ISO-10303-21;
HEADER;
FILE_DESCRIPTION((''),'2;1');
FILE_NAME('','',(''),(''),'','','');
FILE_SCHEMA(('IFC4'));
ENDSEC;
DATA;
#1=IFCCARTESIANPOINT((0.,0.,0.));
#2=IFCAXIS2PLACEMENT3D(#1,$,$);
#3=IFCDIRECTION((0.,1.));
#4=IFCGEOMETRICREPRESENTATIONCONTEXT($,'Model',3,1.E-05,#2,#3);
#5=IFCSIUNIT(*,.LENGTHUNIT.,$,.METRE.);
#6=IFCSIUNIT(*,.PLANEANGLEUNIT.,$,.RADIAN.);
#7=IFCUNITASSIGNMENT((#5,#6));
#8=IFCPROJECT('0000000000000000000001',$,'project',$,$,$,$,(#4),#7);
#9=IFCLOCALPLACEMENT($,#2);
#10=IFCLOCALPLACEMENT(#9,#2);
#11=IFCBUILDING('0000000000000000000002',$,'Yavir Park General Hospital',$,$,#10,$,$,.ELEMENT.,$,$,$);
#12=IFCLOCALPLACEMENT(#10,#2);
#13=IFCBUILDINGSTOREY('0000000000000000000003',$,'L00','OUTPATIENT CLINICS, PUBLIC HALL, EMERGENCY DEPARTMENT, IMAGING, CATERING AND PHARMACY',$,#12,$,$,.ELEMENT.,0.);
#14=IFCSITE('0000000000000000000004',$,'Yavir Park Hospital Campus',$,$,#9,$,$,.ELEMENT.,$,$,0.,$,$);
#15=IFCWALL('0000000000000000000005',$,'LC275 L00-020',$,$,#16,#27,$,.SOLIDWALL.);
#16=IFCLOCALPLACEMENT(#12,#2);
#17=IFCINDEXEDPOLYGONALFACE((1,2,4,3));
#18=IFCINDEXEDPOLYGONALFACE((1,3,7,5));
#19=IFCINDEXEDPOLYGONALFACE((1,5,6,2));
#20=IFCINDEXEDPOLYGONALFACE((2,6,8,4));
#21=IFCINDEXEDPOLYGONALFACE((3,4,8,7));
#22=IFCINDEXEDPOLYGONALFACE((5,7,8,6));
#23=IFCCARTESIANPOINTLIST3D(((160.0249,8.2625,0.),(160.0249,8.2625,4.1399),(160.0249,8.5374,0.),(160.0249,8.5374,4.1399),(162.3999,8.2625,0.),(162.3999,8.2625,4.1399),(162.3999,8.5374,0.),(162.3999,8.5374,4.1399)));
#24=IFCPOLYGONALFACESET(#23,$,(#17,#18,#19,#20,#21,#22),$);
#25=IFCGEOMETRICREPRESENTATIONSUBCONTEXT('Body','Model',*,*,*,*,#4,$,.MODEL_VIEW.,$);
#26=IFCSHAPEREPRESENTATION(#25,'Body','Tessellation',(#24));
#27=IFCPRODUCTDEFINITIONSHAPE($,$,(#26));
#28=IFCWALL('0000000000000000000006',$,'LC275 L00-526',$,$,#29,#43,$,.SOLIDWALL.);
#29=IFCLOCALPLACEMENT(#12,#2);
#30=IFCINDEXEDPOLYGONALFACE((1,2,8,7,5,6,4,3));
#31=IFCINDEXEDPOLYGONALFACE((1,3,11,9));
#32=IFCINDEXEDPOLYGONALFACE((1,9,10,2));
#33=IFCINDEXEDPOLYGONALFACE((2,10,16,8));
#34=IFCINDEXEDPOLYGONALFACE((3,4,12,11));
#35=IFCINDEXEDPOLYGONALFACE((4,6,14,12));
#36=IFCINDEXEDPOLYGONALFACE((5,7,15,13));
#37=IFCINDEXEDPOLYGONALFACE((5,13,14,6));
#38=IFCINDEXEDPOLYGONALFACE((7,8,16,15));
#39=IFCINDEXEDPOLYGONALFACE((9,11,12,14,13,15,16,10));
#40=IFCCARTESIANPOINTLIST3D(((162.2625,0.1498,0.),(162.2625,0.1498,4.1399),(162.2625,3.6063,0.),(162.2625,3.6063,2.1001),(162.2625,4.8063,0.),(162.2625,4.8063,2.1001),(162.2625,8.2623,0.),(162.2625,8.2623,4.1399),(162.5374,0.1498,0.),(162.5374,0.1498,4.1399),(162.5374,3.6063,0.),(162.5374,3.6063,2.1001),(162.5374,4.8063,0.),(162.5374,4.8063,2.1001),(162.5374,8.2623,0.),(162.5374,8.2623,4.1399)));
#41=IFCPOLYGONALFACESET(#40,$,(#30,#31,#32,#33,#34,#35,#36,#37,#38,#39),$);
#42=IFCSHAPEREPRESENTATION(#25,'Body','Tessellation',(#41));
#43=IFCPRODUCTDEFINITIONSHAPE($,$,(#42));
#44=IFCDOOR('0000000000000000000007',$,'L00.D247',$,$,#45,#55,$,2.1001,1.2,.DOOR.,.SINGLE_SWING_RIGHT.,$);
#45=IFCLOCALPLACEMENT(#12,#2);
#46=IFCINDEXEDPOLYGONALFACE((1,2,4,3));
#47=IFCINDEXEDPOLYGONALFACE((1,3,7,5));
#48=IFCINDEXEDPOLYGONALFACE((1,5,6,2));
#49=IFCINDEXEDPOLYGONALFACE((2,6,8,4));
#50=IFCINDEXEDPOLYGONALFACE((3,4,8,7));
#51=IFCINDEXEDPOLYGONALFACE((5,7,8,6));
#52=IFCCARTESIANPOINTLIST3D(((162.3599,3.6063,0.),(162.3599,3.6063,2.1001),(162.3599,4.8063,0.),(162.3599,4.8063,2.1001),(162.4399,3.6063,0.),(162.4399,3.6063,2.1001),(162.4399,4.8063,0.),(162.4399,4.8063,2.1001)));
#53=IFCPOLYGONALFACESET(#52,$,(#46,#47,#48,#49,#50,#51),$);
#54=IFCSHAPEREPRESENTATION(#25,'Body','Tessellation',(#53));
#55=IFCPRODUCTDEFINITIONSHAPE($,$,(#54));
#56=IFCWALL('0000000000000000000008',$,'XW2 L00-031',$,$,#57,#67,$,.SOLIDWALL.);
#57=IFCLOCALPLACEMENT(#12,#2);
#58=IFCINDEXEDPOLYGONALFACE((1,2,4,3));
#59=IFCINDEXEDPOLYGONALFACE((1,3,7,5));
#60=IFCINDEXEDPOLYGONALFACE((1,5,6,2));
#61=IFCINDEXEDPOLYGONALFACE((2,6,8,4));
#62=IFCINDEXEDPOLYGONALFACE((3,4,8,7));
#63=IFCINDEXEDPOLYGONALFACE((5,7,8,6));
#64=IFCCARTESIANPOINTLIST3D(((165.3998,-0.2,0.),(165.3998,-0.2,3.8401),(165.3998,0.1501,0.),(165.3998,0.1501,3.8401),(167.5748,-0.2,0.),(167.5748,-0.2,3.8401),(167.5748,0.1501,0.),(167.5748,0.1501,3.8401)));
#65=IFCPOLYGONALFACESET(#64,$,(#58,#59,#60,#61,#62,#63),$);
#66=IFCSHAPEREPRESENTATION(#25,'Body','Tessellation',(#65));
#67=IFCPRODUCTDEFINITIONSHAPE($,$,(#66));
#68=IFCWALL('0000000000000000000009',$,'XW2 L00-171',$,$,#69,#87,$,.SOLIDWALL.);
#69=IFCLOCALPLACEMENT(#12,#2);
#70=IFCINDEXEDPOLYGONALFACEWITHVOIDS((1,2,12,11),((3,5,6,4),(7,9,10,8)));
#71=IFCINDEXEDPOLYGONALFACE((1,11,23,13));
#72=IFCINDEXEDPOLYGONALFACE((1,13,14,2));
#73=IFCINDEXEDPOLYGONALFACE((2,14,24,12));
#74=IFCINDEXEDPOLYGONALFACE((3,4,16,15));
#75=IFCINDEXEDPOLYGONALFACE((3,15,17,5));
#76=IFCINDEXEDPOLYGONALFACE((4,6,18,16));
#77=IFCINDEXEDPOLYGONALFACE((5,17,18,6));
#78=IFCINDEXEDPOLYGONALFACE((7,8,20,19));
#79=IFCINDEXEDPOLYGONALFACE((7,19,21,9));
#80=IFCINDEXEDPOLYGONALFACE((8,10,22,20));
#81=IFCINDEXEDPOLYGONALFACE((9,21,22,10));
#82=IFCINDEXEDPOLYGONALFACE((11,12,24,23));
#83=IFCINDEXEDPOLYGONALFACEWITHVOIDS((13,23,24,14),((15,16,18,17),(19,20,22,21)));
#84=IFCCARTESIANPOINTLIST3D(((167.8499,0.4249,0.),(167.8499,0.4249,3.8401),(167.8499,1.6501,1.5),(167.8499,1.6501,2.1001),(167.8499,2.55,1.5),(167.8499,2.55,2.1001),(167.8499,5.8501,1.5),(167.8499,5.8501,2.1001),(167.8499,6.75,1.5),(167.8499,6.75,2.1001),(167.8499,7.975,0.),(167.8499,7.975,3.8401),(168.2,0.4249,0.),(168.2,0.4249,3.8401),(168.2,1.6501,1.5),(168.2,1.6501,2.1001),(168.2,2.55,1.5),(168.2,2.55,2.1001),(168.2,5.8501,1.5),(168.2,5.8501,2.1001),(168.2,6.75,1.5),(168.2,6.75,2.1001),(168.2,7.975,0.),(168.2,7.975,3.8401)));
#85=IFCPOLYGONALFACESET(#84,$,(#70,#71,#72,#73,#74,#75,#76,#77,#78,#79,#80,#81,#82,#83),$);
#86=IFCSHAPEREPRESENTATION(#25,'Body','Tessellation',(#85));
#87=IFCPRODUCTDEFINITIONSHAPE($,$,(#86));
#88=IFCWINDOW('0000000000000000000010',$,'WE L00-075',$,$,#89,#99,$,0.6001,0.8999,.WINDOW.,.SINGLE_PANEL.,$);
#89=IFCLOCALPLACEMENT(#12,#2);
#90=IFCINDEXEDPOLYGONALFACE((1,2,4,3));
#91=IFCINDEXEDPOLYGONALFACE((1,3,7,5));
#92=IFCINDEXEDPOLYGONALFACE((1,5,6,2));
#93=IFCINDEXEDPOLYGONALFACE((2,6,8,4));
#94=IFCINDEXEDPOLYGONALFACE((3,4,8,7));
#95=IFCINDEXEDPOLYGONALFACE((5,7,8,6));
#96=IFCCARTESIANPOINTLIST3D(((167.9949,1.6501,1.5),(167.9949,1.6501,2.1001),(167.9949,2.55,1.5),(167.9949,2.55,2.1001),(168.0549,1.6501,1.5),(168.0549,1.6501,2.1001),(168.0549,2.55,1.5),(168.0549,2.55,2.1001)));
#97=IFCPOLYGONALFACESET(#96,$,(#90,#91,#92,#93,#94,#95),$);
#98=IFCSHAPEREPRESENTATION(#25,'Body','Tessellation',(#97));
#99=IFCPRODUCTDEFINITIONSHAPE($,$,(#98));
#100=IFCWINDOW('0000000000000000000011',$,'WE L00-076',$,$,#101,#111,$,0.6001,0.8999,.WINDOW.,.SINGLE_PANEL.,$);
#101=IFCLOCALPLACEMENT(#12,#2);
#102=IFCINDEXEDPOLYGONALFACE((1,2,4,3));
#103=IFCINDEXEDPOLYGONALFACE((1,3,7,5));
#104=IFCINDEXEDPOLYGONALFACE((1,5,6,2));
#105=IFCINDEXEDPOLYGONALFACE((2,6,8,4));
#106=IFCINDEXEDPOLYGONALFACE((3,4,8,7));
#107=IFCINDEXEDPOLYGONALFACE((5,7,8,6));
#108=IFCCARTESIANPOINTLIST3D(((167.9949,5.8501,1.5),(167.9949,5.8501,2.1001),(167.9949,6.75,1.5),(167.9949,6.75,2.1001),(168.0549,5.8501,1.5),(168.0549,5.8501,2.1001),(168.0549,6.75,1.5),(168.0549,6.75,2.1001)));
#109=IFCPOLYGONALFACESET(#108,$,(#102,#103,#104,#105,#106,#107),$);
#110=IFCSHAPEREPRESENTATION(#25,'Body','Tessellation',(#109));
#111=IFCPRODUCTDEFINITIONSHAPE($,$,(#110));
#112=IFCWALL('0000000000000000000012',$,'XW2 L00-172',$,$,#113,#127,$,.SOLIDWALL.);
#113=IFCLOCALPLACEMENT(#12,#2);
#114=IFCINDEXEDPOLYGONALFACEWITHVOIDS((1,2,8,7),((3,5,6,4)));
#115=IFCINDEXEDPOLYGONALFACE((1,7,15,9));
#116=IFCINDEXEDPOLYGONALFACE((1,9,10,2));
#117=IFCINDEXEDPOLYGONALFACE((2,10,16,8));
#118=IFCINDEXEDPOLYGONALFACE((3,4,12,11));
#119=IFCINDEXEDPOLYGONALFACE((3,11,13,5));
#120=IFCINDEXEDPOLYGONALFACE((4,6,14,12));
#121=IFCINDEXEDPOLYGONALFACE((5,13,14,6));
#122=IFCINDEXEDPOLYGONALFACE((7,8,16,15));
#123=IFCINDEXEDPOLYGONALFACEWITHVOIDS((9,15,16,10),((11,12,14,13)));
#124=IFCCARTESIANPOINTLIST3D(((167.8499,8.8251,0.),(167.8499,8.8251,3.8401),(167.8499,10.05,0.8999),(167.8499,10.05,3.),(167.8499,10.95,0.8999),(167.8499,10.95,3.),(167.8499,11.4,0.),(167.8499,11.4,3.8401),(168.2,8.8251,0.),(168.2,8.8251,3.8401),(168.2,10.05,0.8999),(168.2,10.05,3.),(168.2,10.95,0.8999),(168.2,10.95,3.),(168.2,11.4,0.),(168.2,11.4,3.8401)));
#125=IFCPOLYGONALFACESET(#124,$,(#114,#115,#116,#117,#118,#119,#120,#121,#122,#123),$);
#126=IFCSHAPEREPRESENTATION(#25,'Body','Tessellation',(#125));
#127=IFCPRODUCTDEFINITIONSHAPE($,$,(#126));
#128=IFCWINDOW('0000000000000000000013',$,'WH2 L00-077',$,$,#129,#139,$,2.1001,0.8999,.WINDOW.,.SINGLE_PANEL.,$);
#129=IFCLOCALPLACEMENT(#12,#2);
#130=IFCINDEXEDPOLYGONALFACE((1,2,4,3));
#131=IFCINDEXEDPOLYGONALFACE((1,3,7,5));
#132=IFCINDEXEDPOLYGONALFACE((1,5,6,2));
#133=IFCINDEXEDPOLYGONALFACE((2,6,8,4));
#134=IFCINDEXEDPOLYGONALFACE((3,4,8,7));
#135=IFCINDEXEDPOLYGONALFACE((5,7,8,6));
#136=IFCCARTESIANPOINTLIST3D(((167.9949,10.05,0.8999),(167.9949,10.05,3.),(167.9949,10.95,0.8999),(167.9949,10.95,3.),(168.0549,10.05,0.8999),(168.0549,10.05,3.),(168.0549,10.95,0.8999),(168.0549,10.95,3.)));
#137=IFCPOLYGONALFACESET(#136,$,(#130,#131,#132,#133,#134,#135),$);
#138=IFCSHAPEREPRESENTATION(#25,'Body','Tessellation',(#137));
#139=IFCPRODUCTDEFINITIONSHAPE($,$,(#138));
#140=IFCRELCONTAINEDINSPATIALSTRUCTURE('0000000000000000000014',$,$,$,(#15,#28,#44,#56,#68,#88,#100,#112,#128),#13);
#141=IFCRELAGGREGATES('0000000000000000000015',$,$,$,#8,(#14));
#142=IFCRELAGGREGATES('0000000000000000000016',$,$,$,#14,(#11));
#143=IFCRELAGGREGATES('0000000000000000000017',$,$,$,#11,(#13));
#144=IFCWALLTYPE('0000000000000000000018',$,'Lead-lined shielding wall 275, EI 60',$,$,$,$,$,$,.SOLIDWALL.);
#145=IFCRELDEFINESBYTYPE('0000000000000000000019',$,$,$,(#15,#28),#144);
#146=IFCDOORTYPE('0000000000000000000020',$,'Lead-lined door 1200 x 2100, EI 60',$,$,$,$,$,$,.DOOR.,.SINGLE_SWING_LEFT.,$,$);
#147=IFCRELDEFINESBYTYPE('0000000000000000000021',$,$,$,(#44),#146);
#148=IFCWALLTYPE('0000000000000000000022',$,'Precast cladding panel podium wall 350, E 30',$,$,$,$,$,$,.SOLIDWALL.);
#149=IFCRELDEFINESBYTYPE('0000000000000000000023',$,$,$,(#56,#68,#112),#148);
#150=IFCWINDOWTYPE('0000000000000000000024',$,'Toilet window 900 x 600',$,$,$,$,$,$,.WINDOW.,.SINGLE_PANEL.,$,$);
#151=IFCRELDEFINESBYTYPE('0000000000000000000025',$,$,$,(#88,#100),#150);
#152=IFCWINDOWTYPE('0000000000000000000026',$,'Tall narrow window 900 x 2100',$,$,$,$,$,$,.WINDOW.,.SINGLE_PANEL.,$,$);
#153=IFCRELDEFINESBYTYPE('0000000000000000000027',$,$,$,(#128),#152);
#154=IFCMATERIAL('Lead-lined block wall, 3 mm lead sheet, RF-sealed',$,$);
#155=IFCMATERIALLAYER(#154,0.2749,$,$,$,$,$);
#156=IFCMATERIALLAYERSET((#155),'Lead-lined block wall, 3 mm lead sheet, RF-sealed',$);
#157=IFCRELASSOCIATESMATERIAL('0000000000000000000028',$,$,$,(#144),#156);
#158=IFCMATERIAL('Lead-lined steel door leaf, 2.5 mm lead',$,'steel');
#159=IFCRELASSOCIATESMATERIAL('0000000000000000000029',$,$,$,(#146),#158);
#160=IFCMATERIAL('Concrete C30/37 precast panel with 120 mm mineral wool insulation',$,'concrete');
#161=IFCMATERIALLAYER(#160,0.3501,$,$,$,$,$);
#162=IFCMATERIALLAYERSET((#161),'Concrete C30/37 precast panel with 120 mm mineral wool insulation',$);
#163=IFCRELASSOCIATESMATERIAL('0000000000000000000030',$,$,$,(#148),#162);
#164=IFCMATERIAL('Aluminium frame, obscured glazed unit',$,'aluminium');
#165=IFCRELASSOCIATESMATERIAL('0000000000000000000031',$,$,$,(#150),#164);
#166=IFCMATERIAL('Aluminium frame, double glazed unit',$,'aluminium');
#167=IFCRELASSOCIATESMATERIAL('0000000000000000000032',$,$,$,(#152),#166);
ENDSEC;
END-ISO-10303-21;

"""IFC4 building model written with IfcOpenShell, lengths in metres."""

from ifc_helpers import new_model, si_unit, direction, frame, frame_2d, origin, place, context, subcontext, project, spatial, rectangle, extrude, material, layer, layer_set, type_object, element, fill, save


model = new_model("IFC4")

# Units and contexts
model_context = context("Model", 3, precision=1e-05, world=origin(), true_north=direction((0.0, 1.0)))
body_context = subcontext(model_context, "Body", "Model", "MODEL_VIEW")
ifc_project = project(units=[si_unit("LENGTHUNIT", "METRE"), si_unit("PLANEANGLEUNIT", "RADIAN")], contexts=[model_context])

# Site, building, storey
site_placement = place(None, origin())
site = spatial("IfcSite", under=ifc_project, at=site_placement, Name="Yavir Park Hospital Campus", CompositionType="ELEMENT", RefElevation=0.0)
building_placement = place(site_placement, origin())
building = spatial("IfcBuilding", under=site, at=building_placement, Name="Yavir Park General Hospital", CompositionType="ELEMENT")
storey_placement = place(building_placement, origin())
storey = spatial("IfcBuildingStorey", under=building, at=storey_placement, Name="L00", Description="OUTPATIENT CLINICS, PUBLIC HALL, EMERGENCY DEPARTMENT, IMAGING, CATERING AND PHARMACY", CompositionType="ELEMENT", Elevation=0.0)

# Wall
ifc_material_1 = material(Name="Lead-lined block wall, 3 mm lead sheet, RF-sealed")
ifc_layer_1 = layer(ifc_material_1, 0.2749)
ifc_layer_set_1 = layer_set([ifc_layer_1], Name="Lead-lined block wall, 3 mm lead sheet, RF-sealed")
wall_type_1 = type_object("IfcWallType", Name="Lead-lined shielding wall 275, EI 60", PredefinedType="SOLIDWALL", material=ifc_layer_set_1)
wall_1_placement = place(storey_placement, frame((160.0249, 8.3999, 0.0), z_axis=(0.0, 0.0, 1.0), x_axis=(1.0, 0.0, 0.0)))
element("IfcWall", 1, at=wall_1_placement, inside=storey, type_object=wall_type_1, Name="LC275 L00-020", PredefinedType="SOLIDWALL", context=body_context, shape_type="SweptSolid", body=[
    extrude(rectangle(XDim=2.375, YDim=0.2749, at=frame_2d((1.1875, 0.0))), origin(), (0.0, 0.0, 1.0), 4.1399),
])

# Wall, opening, door
wall_2_placement = place(storey_placement, frame((162.3999, 0.1499, 0.0), z_axis=(0.0, 0.0, 1.0), x_axis=(0.0, 1.0, 0.0)))
wall_2 = element("IfcWall", 2, at=wall_2_placement, inside=storey, type_object=wall_type_1, Name="LC275 L00-526", PredefinedType="SOLIDWALL", context=body_context, shape_type="SweptSolid", body=[
    extrude(rectangle(XDim=8.1125, YDim=0.2749, at=frame_2d((4.0562, 0.0))), origin(), (0.0, 0.0, 1.0), 4.1399),
])
opening_1_placement = place(wall_2_placement, frame((3.4563, 0.0, 0.0)))
opening_1 = element("IfcOpeningElement", 3, at=opening_1_placement, cuts=wall_2, PredefinedType="OPENING", context=body_context, shape_type="SweptSolid", body=[
    extrude(rectangle(XDim=1.2, YDim=2.1001, at=frame_2d((0.6001, 1.05))), frame((0.0, 0.1475, 0.0), z_axis=(0.0, -1.0, 0.0), x_axis=(1.0, 0.0, 0.0)), (0.0, 0.0, 1.0), 0.2949),
])
ifc_material_2 = material(Name="Lead-lined steel door leaf, 2.5 mm lead", Category="steel")
door_type_1 = type_object("IfcDoorType", Name="Lead-lined door 1200 x 2100, EI 60", OperationType="SINGLE_SWING_LEFT", PredefinedType="DOOR", material=ifc_material_2)
door_1_placement = place(opening_1_placement, origin())
door_1 = element("IfcDoor", 4, at=door_1_placement, inside=storey, type_object=door_type_1, Name="L00.D247", OperationType="SINGLE_SWING_RIGHT", OverallHeight=2.1001, OverallWidth=1.2, PredefinedType="DOOR", context=body_context, shape_type="SweptSolid", body=[
    extrude(rectangle(XDim=1.2, YDim=2.1001, at=frame_2d((0.6001, 1.05))), frame((0.0, 0.04, 0.0), z_axis=(0.0, -1.0, 0.0), x_axis=(1.0, 0.0, 0.0)), (0.0, 0.0, 1.0), 0.0801),
])
fill(opening_1, door_1)

# Wall
ifc_material_3 = material(Name="Concrete C30/37 precast panel with 120 mm mineral wool insulation", Category="concrete")
ifc_layer_2 = layer(ifc_material_3, 0.3501)
ifc_layer_set_2 = layer_set([ifc_layer_2], Name="Concrete C30/37 precast panel with 120 mm mineral wool insulation")
wall_type_2 = type_object("IfcWallType", Name="Precast cladding panel podium wall 350, E 30", PredefinedType="SOLIDWALL", material=ifc_layer_set_2)
wall_3_placement = place(storey_placement, frame((165.3999, -0.0249, 0.0), z_axis=(0.0, 0.0, 1.0), x_axis=(1.0, 0.0, 0.0)))
element("IfcWall", 5, at=wall_3_placement, inside=storey, type_object=wall_type_2, Name="XW2 L00-031", PredefinedType="SOLIDWALL", context=body_context, shape_type="SweptSolid", body=[
    extrude(rectangle(XDim=2.175, YDim=0.3501, at=frame_2d((1.0874, 0.0))), origin(), (0.0, 0.0, 1.0), 3.8401),
])

# Wall, openings, windows
wall_4_placement = place(storey_placement, frame((168.0249, 0.425, 0.0), z_axis=(0.0, 0.0, 1.0), x_axis=(0.0, 1.0, 0.0)))
wall_4 = element("IfcWall", 6, at=wall_4_placement, inside=storey, type_object=wall_type_2, Name="XW2 L00-171", PredefinedType="SOLIDWALL", context=body_context, shape_type="SweptSolid", body=[
    extrude(rectangle(XDim=7.55, YDim=0.3501, at=frame_2d((3.7749, 0.0))), origin(), (0.0, 0.0, 1.0), 3.8401),
])
opening_2_placement = place(wall_4_placement, frame((1.2251, 0.0, 1.5)))
opening_2 = element("IfcOpeningElement", 7, at=opening_2_placement, cuts=wall_4, PredefinedType="OPENING", context=body_context, shape_type="SweptSolid", body=[
    extrude(rectangle(XDim=0.8999, YDim=0.6001, at=frame_2d((0.45, 0.3))), frame((0.0, 0.1851, 0.0), z_axis=(0.0, -1.0, 0.0), x_axis=(1.0, 0.0, 0.0)), (0.0, 0.0, 1.0), 0.3701),
])
opening_3_placement = place(wall_4_placement, frame((5.425, 0.0, 1.5)))
opening_3 = element("IfcOpeningElement", 8, at=opening_3_placement, cuts=wall_4, PredefinedType="OPENING", context=body_context, shape_type="SweptSolid", body=[
    extrude(rectangle(XDim=0.8999, YDim=0.6001, at=frame_2d((0.45, 0.3))), frame((0.0, 0.1851, 0.0), z_axis=(0.0, -1.0, 0.0), x_axis=(1.0, 0.0, 0.0)), (0.0, 0.0, 1.0), 0.3701),
])
ifc_material_4 = material(Name="Aluminium frame, obscured glazed unit", Category="aluminium")
window_type_1 = type_object("IfcWindowType", Name="Toilet window 900 x 600", PartitioningType="SINGLE_PANEL", PredefinedType="WINDOW", material=ifc_material_4)
window_1_placement = place(opening_2_placement, origin())
window_1 = element("IfcWindow", 9, at=window_1_placement, inside=storey, type_object=window_type_1, Name="WE L00-075", OverallHeight=0.6001, OverallWidth=0.8999, PartitioningType="SINGLE_PANEL", PredefinedType="WINDOW", context=body_context, shape_type="SweptSolid", body=[
    extrude(rectangle(XDim=0.8999, YDim=0.6001, at=frame_2d((0.45, 0.3))), frame((0.0, 0.03, 0.0), z_axis=(0.0, -1.0, 0.0), x_axis=(1.0, 0.0, 0.0)), (0.0, 0.0, 1.0), 0.0601),
])
fill(opening_2, window_1)
window_2_placement = place(opening_3_placement, origin())
window_2 = element("IfcWindow", 10, at=window_2_placement, inside=storey, type_object=window_type_1, Name="WE L00-076", OverallHeight=0.6001, OverallWidth=0.8999, PartitioningType="SINGLE_PANEL", PredefinedType="WINDOW", context=body_context, shape_type="SweptSolid", body=[
    extrude(rectangle(XDim=0.8999, YDim=0.6001, at=frame_2d((0.45, 0.3))), frame((0.0, 0.03, 0.0), z_axis=(0.0, -1.0, 0.0), x_axis=(1.0, 0.0, 0.0)), (0.0, 0.0, 1.0), 0.0601),
])
fill(opening_3, window_2)

# Wall, opening, window
wall_5_placement = place(storey_placement, frame((168.0249, 8.825, 0.0), z_axis=(0.0, 0.0, 1.0), x_axis=(0.0, 1.0, 0.0)))
wall_5 = element("IfcWall", 11, at=wall_5_placement, inside=storey, type_object=wall_type_2, Name="XW2 L00-172", PredefinedType="SOLIDWALL", context=body_context, shape_type="SweptSolid", body=[
    extrude(rectangle(XDim=2.575, YDim=0.3501, at=frame_2d((1.2876, 0.0))), origin(), (0.0, 0.0, 1.0), 3.8401),
])
opening_4_placement = place(wall_5_placement, frame((1.2251, 0.0, 0.8999)))
opening_4 = element("IfcOpeningElement", 12, at=opening_4_placement, cuts=wall_5, PredefinedType="OPENING", context=body_context, shape_type="SweptSolid", body=[
    extrude(rectangle(XDim=0.8999, YDim=2.1001, at=frame_2d((0.45, 1.05))), frame((0.0, 0.1851, 0.0), z_axis=(0.0, -1.0, 0.0), x_axis=(1.0, 0.0, 0.0)), (0.0, 0.0, 1.0), 0.3701),
])
ifc_material_5 = material(Name="Aluminium frame, double glazed unit", Category="aluminium")
window_type_2 = type_object("IfcWindowType", Name="Tall narrow window 900 x 2100", PartitioningType="SINGLE_PANEL", PredefinedType="WINDOW", material=ifc_material_5)
window_3_placement = place(opening_4_placement, origin())
window_3 = element("IfcWindow", 13, at=window_3_placement, inside=storey, type_object=window_type_2, Name="WH2 L00-077", OverallHeight=2.1001, OverallWidth=0.8999, PartitioningType="SINGLE_PANEL", PredefinedType="WINDOW", context=body_context, shape_type="SweptSolid", body=[
    extrude(rectangle(XDim=0.8999, YDim=2.1001, at=frame_2d((0.45, 1.05))), frame((0.0, 0.03, 0.0), z_axis=(0.0, -1.0, 0.0), x_axis=(1.0, 0.0, 0.0)), (0.0, 0.0, 1.0), 0.0601),
])
fill(opening_4, window_3)

save(model, "model.ifc")
